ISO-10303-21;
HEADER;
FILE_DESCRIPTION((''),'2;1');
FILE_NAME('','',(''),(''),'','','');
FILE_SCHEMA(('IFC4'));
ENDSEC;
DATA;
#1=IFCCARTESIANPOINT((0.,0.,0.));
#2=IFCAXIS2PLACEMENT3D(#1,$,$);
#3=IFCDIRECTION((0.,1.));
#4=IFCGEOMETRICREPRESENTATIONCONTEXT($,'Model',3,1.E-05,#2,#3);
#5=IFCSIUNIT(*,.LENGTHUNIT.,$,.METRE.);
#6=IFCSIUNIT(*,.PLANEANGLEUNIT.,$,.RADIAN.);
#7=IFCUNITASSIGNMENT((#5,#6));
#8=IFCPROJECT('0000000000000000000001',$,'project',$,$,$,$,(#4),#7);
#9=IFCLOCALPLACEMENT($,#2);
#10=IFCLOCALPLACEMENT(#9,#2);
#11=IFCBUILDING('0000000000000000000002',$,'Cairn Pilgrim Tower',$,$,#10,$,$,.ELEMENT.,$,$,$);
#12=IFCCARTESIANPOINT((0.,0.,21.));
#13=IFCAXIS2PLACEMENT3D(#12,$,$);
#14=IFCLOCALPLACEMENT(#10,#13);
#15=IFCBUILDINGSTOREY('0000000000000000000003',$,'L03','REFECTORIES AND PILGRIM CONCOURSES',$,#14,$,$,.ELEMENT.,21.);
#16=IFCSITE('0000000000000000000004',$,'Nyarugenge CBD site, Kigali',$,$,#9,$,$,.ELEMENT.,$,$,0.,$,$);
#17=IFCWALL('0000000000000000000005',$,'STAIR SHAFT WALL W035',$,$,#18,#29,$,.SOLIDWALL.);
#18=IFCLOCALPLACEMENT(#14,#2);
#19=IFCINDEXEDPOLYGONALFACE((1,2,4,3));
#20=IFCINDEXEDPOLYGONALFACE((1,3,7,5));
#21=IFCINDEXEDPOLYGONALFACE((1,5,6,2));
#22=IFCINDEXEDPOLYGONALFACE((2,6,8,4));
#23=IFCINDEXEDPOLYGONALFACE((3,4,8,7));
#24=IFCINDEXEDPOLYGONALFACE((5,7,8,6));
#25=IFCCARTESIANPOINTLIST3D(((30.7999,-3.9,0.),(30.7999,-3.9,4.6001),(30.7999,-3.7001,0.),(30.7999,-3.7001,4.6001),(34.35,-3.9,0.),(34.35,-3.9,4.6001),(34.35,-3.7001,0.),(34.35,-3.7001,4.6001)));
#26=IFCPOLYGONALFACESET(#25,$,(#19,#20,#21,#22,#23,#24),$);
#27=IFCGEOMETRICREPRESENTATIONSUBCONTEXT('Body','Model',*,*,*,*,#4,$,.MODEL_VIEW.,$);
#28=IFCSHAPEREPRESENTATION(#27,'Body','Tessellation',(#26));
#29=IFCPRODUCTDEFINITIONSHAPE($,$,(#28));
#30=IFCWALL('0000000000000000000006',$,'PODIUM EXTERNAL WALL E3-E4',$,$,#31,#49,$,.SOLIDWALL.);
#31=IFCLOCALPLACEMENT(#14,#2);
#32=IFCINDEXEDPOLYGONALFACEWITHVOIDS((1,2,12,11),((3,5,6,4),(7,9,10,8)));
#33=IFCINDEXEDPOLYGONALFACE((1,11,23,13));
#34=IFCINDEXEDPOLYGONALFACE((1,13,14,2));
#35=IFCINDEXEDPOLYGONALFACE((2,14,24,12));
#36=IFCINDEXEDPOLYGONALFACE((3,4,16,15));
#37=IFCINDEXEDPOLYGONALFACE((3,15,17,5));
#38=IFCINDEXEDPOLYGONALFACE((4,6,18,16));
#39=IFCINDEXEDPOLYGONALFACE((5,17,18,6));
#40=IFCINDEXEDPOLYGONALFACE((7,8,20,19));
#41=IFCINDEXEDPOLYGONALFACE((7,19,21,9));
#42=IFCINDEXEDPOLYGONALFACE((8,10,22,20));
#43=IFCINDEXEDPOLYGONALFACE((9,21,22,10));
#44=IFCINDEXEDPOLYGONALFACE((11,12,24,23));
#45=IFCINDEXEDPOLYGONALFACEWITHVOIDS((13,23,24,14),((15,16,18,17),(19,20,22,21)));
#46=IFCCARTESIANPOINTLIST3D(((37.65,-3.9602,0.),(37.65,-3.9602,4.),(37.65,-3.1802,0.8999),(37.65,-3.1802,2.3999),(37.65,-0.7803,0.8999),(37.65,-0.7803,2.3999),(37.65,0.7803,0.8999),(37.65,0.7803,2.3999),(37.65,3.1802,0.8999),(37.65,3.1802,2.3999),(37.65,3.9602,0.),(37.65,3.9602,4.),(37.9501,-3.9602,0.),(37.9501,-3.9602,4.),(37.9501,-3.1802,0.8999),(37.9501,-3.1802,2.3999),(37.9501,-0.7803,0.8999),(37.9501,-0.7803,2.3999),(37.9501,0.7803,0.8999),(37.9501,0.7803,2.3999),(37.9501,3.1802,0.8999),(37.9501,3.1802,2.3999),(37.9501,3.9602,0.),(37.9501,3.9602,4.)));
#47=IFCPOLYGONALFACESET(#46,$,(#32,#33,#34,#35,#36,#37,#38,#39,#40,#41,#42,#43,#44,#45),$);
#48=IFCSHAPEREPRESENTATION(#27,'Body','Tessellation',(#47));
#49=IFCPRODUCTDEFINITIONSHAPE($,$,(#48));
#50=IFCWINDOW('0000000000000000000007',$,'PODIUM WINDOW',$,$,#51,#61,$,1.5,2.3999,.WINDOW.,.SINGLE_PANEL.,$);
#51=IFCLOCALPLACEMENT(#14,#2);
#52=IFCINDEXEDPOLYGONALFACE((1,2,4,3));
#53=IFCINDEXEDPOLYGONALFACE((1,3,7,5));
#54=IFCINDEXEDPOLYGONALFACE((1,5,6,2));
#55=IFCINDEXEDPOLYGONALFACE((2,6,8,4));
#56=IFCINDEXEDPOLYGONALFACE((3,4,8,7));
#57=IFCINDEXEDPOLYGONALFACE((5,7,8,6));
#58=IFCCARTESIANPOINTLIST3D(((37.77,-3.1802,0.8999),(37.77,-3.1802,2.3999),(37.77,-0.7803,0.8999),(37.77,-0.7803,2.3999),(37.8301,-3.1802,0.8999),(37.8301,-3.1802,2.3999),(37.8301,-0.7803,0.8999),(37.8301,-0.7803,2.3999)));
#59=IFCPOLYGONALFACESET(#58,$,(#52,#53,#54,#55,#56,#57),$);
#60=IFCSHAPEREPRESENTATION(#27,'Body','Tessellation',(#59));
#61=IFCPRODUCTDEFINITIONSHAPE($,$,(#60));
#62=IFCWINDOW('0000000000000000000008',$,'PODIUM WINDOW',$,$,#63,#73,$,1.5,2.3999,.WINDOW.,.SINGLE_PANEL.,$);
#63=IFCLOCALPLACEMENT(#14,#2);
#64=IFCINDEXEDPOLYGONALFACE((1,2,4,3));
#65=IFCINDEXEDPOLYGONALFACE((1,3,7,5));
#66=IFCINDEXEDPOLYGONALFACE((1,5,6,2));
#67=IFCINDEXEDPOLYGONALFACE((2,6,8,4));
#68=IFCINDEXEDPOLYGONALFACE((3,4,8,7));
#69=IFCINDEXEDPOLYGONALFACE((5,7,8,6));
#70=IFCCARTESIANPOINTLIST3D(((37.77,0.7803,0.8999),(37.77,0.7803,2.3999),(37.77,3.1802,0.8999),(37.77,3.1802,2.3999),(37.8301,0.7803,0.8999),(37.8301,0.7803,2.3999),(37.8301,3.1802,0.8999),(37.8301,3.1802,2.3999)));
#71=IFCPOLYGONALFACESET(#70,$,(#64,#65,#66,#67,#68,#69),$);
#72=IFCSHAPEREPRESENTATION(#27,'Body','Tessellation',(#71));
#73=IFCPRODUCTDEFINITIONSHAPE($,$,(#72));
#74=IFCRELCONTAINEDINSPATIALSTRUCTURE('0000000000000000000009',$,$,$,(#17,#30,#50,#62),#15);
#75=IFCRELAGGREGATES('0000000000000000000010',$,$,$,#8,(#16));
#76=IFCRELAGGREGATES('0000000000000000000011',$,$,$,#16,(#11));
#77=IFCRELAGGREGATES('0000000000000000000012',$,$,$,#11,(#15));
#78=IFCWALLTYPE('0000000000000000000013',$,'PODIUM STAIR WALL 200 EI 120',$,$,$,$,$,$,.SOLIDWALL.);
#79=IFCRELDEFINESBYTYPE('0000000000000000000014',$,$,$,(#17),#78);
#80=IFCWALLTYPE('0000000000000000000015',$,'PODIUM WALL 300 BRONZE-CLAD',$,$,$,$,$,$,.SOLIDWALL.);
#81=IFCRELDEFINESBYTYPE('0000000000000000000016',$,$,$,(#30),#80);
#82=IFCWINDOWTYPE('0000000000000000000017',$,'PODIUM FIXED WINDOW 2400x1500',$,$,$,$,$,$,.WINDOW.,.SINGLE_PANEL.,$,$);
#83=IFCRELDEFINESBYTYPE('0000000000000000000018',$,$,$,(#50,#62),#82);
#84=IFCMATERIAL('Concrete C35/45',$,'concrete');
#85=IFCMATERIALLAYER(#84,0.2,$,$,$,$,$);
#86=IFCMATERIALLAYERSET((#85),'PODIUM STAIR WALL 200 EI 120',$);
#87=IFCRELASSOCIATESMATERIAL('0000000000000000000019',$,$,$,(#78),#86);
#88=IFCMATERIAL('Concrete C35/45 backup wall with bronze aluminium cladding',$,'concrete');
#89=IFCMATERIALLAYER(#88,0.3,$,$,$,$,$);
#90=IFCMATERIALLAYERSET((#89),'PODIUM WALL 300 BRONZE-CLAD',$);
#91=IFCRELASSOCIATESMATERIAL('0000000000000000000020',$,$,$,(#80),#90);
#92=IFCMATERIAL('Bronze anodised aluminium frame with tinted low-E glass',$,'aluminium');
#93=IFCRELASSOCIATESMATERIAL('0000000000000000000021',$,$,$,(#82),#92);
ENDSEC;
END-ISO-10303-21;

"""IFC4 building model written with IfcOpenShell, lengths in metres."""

from ifc_helpers import new_model, si_unit, direction, frame, frame_2d, origin, place, context, subcontext, project, spatial, rectangle, extrude, material, layer, layer_set, type_object, element, fill, save


model = new_model("IFC4")

# Units and contexts
model_context = context("Model", 3, precision=1e-05, world=origin(), true_north=direction((0.0, 1.0)))
body_context = subcontext(model_context, "Body", "Model", "MODEL_VIEW")
ifc_project = project(units=[si_unit("LENGTHUNIT", "METRE"), si_unit("PLANEANGLEUNIT", "RADIAN")], contexts=[model_context])

# Site, building, storey
site_placement = place(None, origin())
site = spatial("IfcSite", under=ifc_project, at=site_placement, Name="Nyarugenge CBD site, Kigali", CompositionType="ELEMENT", RefElevation=0.0)
building_placement = place(site_placement, origin())
building = spatial("IfcBuilding", under=site, at=building_placement, Name="Cairn Pilgrim Tower", CompositionType="ELEMENT")
storey_placement = place(building_placement, frame((0.0, 0.0, 21.0)))
storey = spatial("IfcBuildingStorey", under=building, at=storey_placement, Name="L03", Description="REFECTORIES AND PILGRIM CONCOURSES", CompositionType="ELEMENT", Elevation=21.0)

# Wall
ifc_material_1 = material(Name="Concrete C35/45", Category="concrete")
ifc_layer_1 = layer(ifc_material_1, 0.2)
ifc_layer_set_1 = layer_set([ifc_layer_1], Name="PODIUM STAIR WALL 200 EI 120")
wall_type_1 = type_object("IfcWallType", Name="PODIUM STAIR WALL 200 EI 120", PredefinedType="SOLIDWALL", material=ifc_layer_set_1)
wall_1_placement = place(storey_placement, frame((30.8, -3.8, 0.0), z_axis=(0.0, 0.0, 1.0), x_axis=(1.0, 0.0, 0.0)))
element("IfcWall", 1, at=wall_1_placement, inside=storey, type_object=wall_type_1, Name="STAIR SHAFT WALL W035", PredefinedType="SOLIDWALL", context=body_context, shape_type="SweptSolid", body=[
    extrude(rectangle(XDim=3.55, YDim=0.2, at=frame_2d((1.7749, 0.0))), origin(), (0.0, 0.0, 1.0), 4.6001),
])

# Wall, openings, windows
ifc_material_2 = material(Name="Concrete C35/45 backup wall with bronze aluminium cladding", Category="concrete")
ifc_layer_2 = layer(ifc_material_2, 0.3)
ifc_layer_set_2 = layer_set([ifc_layer_2], Name="PODIUM WALL 300 BRONZE-CLAD")
wall_type_2 = type_object("IfcWallType", Name="PODIUM WALL 300 BRONZE-CLAD", PredefinedType="SOLIDWALL", material=ifc_layer_set_2)
wall_2_placement = place(storey_placement, frame((37.8, -3.9602, 0.0), z_axis=(0.0, 0.0, 1.0), x_axis=(0.0, 1.0, 0.0)))
wall_2 = element("IfcWall", 2, at=wall_2_placement, inside=storey, type_object=wall_type_2, Name="PODIUM EXTERNAL WALL E3-E4", PredefinedType="SOLIDWALL", context=body_context, shape_type="SweptSolid", body=[
    extrude(rectangle(XDim=7.9204, YDim=0.3, at=frame_2d((3.9602, 0.0))), origin(), (0.0, 0.0, 1.0), 4.0),
])
opening_1_placement = place(wall_2_placement, frame((0.78, 0.0, 0.8999)))
opening_1 = element("IfcOpeningElement", 3, at=opening_1_placement, cuts=wall_2, PredefinedType="OPENING", context=body_context, shape_type="SweptSolid", body=[
    extrude(rectangle(XDim=2.3999, YDim=1.5, at=frame_2d((1.2, 0.75))), frame((0.0, 0.1602, 0.0), z_axis=(0.0, -1.0, 0.0), x_axis=(1.0, 0.0, 0.0)), (0.0, 0.0, 1.0), 0.3201),
])
opening_2_placement = place(wall_2_placement, frame((4.7405, 0.0, 0.8999)))
opening_2 = element("IfcOpeningElement", 4, at=opening_2_placement, cuts=wall_2, PredefinedType="OPENING", context=body_context, shape_type="SweptSolid", body=[
    extrude(rectangle(XDim=2.3999, YDim=1.5, at=frame_2d((1.2, 0.75))), frame((0.0, 0.1602, 0.0), z_axis=(0.0, -1.0, 0.0), x_axis=(1.0, 0.0, 0.0)), (0.0, 0.0, 1.0), 0.3201),
])
ifc_material_3 = material(Name="Bronze anodised aluminium frame with tinted low-E glass", Category="aluminium")
window_type = type_object("IfcWindowType", Name="PODIUM FIXED WINDOW 2400x1500", PartitioningType="SINGLE_PANEL", PredefinedType="WINDOW", material=ifc_material_3)
window_1_placement = place(opening_1_placement, origin())
window_1 = element("IfcWindow", 5, at=window_1_placement, inside=storey, type_object=window_type, Name="PODIUM WINDOW", OverallHeight=1.5, OverallWidth=2.3999, PartitioningType="SINGLE_PANEL", PredefinedType="WINDOW", context=body_context, shape_type="SweptSolid", body=[
    extrude(rectangle(XDim=2.3999, YDim=1.5, at=frame_2d((1.2, 0.75))), frame((0.0, 0.03, 0.0), z_axis=(0.0, -1.0, 0.0), x_axis=(1.0, 0.0, 0.0)), (0.0, 0.0, 1.0), 0.0601),
])
fill(opening_1, window_1)
window_2_placement = place(opening_2_placement, origin())
window_2 = element("IfcWindow", 6, at=window_2_placement, inside=storey, type_object=window_type, Name="PODIUM WINDOW", OverallHeight=1.5, OverallWidth=2.3999, PartitioningType="SINGLE_PANEL", PredefinedType="WINDOW", context=body_context, shape_type="SweptSolid", body=[
    extrude(rectangle(XDim=2.3999, YDim=1.5, at=frame_2d((1.2, 0.75))), frame((0.0, 0.03, 0.0), z_axis=(0.0, -1.0, 0.0), x_axis=(1.0, 0.0, 0.0)), (0.0, 0.0, 1.0), 0.0601),
])
fill(opening_2, window_2)

save(model, "model.ifc")
